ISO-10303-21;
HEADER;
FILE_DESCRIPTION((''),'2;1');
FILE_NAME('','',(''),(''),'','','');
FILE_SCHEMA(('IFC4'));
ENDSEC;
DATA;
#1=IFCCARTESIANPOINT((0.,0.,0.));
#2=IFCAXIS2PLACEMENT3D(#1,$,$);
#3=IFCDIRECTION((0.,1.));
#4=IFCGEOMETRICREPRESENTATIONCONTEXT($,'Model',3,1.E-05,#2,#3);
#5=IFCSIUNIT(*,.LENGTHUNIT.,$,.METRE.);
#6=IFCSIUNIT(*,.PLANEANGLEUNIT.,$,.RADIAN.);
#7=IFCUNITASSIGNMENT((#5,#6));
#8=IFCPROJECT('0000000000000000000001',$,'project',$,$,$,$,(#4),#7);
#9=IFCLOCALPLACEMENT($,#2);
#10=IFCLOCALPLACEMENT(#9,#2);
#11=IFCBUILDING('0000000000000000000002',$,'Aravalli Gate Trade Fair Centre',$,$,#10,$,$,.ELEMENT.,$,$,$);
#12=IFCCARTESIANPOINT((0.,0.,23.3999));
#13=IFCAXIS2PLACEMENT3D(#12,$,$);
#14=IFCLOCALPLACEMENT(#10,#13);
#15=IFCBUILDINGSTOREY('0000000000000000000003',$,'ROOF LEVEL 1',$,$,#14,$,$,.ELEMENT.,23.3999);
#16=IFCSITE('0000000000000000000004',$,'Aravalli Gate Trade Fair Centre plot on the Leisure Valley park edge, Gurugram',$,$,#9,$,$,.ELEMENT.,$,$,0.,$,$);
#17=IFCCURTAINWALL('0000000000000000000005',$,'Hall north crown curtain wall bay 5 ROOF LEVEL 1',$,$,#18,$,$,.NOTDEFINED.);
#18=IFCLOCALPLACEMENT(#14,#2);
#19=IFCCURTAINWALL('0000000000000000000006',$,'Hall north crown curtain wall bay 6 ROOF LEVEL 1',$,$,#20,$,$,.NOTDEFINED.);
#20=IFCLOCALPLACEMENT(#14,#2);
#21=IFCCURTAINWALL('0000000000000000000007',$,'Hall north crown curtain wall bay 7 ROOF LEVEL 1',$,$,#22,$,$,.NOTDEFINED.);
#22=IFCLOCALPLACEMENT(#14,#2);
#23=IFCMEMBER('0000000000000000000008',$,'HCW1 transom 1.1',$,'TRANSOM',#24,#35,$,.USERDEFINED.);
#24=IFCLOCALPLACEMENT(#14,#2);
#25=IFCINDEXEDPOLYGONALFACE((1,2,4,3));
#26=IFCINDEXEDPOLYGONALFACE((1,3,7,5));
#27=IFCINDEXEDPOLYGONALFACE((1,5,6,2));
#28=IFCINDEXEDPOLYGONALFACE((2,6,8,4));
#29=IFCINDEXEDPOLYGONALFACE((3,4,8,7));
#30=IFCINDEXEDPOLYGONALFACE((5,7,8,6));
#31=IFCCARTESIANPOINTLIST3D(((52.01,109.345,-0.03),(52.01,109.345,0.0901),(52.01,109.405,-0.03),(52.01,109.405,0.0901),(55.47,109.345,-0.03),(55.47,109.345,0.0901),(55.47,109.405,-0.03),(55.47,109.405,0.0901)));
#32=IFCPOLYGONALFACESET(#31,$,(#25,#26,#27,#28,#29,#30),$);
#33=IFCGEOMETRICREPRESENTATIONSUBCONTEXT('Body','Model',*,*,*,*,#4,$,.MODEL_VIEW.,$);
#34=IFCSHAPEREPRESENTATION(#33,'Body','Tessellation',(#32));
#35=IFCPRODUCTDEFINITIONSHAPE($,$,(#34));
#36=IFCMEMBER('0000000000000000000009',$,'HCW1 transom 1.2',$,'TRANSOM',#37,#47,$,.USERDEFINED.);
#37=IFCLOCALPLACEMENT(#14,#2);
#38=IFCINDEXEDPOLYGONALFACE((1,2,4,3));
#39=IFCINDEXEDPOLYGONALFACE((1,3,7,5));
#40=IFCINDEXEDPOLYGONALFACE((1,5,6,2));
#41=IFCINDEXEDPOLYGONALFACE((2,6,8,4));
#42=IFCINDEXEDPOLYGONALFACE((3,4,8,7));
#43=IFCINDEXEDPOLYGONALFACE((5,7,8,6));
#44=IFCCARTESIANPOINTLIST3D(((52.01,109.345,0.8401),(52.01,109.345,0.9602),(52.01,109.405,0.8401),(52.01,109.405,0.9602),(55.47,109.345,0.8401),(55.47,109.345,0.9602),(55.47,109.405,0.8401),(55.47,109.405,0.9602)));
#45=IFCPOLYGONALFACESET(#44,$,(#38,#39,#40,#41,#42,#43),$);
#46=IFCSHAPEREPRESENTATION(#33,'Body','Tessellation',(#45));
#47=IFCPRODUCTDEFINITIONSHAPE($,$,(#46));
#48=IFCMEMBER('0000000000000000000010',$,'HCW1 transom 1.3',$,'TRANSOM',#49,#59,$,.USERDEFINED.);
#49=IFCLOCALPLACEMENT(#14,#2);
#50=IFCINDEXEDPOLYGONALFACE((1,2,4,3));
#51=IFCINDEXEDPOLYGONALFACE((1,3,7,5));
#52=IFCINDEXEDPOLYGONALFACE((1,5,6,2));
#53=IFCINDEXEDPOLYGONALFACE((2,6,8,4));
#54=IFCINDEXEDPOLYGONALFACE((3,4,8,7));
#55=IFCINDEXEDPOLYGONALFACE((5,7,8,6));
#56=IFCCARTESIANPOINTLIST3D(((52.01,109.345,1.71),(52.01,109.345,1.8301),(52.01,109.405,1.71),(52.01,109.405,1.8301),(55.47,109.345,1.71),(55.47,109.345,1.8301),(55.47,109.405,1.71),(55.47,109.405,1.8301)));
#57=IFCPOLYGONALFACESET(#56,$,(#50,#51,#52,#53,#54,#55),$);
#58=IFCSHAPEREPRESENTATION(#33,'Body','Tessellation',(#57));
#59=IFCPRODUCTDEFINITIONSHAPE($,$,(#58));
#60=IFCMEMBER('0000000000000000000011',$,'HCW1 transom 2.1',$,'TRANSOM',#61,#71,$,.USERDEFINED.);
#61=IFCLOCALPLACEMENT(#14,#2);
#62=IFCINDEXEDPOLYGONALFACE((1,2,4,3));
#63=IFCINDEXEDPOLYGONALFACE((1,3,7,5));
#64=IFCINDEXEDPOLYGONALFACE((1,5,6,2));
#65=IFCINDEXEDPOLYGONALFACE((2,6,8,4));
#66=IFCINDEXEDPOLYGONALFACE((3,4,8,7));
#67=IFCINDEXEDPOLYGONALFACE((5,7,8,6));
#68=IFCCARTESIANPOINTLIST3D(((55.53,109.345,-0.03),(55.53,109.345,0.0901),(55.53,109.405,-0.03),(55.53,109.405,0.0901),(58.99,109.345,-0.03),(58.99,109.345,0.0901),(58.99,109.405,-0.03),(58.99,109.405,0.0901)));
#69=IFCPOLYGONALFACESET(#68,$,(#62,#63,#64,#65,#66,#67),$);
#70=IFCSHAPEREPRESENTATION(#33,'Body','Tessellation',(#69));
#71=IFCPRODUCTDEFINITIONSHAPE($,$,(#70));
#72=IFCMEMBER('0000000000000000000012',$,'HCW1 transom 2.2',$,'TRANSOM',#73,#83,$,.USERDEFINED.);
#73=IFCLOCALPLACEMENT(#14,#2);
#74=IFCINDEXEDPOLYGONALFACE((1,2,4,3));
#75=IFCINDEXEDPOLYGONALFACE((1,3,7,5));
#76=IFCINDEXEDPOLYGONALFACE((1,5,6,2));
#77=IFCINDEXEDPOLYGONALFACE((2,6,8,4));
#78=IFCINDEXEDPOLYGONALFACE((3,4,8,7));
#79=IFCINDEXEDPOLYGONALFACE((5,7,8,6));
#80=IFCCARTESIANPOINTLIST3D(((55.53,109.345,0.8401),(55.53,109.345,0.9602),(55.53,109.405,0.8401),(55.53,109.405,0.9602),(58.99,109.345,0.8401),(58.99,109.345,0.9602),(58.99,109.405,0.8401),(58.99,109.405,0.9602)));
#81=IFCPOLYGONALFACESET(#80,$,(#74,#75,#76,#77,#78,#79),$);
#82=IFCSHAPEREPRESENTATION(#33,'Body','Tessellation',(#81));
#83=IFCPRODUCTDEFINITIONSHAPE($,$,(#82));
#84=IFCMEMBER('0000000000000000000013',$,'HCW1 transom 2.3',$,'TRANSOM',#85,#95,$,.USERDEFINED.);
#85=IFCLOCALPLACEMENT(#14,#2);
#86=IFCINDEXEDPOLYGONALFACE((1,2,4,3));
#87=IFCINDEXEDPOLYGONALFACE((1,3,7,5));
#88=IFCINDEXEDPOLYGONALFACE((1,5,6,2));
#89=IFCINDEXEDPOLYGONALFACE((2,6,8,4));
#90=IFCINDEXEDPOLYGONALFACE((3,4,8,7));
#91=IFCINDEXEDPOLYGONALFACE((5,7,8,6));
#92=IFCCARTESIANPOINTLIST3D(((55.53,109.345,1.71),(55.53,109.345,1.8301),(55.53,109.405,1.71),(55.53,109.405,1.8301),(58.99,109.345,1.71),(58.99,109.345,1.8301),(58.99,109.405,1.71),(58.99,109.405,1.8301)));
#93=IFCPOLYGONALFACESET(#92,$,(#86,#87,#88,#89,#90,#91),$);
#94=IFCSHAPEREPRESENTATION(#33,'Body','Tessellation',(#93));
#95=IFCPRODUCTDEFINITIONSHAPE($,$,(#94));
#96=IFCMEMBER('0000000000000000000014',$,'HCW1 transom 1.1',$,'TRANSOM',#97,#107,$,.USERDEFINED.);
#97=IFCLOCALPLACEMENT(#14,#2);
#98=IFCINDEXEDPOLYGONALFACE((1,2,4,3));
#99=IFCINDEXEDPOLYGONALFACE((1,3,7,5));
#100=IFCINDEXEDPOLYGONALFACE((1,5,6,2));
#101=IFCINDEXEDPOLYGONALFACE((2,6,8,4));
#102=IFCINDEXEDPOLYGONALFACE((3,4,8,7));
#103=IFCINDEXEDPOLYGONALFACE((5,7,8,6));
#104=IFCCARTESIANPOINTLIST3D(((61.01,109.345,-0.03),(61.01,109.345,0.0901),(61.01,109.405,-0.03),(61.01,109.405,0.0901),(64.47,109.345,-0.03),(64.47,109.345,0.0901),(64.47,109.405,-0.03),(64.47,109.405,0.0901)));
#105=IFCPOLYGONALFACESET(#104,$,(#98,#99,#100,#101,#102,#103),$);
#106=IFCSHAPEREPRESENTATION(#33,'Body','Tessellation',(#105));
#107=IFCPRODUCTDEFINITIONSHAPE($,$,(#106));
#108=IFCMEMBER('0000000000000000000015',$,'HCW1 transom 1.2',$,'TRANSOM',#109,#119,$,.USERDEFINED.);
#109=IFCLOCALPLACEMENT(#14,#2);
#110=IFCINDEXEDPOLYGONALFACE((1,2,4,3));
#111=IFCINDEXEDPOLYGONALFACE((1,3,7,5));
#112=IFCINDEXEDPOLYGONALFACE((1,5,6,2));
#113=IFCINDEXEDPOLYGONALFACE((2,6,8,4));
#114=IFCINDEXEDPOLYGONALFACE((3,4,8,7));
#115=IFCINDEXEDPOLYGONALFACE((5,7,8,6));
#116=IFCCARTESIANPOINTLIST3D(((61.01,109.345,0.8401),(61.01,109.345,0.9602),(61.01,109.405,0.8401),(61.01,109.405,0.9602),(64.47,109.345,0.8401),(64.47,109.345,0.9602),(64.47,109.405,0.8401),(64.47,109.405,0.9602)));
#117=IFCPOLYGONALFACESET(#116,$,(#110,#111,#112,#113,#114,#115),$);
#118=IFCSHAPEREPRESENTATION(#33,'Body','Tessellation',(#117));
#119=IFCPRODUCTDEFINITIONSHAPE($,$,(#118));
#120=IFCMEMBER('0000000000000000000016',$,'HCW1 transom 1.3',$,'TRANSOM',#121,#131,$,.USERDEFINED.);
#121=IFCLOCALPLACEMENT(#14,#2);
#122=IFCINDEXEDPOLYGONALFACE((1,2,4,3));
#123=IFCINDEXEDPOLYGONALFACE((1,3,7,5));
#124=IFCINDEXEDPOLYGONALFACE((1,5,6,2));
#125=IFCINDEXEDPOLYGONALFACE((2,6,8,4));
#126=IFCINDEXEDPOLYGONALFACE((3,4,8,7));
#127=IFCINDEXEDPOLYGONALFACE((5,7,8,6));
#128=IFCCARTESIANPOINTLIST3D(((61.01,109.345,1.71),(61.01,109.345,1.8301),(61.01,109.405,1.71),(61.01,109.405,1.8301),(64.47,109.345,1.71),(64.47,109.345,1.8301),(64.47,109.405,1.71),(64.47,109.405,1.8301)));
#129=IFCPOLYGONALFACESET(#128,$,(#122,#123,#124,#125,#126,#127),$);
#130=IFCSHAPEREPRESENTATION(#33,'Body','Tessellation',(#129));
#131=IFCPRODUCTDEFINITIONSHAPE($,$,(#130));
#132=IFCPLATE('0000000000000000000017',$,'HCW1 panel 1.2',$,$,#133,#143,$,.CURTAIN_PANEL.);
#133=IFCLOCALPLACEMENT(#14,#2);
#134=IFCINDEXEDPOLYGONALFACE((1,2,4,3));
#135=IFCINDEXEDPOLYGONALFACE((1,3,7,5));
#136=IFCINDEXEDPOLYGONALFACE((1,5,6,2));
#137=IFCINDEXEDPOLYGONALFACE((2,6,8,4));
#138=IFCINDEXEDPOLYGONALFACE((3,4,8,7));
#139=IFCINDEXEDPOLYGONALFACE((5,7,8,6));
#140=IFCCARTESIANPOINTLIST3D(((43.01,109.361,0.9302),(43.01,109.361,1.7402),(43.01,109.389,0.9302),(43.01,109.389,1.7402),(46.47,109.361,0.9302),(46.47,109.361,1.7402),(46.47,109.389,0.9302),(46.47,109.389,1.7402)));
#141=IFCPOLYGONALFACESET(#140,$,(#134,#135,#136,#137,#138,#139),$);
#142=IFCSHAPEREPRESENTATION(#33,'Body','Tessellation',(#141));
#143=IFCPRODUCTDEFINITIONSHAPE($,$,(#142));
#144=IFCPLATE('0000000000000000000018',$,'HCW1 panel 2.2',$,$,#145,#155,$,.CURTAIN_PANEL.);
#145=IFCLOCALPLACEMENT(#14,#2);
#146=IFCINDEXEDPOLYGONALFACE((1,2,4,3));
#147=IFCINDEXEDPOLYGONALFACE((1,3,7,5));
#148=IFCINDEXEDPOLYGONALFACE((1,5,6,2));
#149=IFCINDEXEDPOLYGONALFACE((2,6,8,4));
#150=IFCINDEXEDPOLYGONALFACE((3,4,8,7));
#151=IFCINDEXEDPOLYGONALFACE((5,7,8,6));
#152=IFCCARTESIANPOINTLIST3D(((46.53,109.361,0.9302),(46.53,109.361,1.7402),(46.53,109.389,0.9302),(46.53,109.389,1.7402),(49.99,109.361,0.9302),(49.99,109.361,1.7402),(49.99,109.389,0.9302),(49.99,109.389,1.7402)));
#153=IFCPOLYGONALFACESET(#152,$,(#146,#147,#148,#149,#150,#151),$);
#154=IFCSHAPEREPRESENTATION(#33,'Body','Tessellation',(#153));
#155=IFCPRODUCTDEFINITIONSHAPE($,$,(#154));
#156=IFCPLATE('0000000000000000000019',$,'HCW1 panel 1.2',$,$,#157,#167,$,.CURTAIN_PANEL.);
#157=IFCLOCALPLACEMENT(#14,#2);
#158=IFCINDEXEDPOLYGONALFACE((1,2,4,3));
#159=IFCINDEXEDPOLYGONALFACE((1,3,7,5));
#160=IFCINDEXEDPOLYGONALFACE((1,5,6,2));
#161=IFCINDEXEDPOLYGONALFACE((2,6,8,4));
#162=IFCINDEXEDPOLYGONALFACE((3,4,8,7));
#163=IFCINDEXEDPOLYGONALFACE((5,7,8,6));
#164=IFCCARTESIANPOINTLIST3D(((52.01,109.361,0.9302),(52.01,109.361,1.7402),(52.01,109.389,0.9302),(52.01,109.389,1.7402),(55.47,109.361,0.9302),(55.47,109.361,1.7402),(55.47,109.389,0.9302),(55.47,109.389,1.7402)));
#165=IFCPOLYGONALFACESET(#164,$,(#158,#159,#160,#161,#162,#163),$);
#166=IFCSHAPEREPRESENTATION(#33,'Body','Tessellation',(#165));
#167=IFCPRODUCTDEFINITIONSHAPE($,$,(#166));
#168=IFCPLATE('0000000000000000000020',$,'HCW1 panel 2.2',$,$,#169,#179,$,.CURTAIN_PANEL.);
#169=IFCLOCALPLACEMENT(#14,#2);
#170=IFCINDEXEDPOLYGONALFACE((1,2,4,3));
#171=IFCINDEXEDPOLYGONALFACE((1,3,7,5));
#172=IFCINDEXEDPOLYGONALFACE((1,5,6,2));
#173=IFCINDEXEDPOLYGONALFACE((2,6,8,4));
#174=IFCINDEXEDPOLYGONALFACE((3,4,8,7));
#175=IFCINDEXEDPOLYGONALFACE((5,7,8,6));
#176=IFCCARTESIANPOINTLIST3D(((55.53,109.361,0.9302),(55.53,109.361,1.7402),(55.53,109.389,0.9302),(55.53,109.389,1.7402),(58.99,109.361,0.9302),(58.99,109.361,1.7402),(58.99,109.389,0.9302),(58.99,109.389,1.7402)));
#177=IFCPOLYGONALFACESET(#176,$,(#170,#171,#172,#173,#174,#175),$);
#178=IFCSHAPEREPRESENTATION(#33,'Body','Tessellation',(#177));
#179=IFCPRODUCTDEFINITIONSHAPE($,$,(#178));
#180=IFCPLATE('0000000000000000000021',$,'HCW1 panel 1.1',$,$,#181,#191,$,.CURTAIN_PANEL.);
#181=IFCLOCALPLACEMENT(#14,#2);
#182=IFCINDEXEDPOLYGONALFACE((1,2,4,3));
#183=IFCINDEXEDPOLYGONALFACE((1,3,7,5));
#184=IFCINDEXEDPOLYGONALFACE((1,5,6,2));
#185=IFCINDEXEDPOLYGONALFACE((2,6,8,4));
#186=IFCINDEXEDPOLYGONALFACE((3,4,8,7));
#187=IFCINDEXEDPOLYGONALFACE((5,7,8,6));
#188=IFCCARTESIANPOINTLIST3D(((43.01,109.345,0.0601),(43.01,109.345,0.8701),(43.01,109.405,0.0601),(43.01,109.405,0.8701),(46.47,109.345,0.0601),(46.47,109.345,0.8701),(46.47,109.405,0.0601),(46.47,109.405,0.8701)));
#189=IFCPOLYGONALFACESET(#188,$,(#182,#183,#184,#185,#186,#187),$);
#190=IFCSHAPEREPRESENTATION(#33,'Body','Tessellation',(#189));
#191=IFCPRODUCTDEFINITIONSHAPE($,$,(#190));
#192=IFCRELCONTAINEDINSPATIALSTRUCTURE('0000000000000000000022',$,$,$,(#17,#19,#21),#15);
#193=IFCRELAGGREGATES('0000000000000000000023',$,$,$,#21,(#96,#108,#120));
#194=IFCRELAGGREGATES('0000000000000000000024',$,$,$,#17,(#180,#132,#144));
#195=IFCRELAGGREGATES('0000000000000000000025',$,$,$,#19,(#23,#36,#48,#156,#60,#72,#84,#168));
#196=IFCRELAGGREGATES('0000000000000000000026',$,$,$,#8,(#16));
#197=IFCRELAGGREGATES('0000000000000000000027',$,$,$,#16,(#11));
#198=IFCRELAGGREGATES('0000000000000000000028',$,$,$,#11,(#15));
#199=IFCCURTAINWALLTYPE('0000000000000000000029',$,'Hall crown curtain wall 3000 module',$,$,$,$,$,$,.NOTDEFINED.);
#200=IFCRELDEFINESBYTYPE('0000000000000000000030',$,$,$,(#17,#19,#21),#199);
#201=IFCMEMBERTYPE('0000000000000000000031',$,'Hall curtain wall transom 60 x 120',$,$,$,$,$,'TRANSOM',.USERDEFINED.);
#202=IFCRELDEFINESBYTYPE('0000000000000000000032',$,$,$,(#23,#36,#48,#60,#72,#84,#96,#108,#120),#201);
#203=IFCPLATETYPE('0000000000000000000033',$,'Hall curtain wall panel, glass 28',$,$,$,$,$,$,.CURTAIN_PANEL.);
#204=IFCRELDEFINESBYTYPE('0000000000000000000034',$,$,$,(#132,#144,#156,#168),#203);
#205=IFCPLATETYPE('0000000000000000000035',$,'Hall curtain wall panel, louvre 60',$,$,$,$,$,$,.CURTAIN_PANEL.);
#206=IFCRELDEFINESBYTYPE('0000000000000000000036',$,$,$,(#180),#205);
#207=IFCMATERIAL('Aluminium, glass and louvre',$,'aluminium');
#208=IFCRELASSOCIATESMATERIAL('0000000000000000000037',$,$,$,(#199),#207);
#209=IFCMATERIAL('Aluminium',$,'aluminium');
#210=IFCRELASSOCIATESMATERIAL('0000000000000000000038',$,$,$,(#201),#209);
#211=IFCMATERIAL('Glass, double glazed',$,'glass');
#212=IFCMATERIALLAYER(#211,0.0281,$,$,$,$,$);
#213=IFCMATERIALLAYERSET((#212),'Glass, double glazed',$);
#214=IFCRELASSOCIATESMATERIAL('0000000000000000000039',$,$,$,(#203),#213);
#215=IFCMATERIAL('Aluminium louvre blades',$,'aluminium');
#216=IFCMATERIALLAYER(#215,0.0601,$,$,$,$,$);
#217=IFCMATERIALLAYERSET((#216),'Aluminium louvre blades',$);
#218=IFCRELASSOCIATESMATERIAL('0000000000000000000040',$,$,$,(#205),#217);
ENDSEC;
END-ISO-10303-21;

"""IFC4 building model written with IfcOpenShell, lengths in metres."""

from ifc_helpers import new_model, si_unit, direction, frame, origin, origin_2d, place, context, subcontext, project, spatial, rectangle, extrude, material, layer, layer_set, material_profile, profile_set, type_object, element, aggregate, save


model = new_model("IFC4")

# Units and contexts
model_context = context("Model", 3, precision=1e-05, world=origin(), true_north=direction((0.0, 1.0)))
body_context = subcontext(model_context, "Body", "Model", "MODEL_VIEW")
ifc_project = project(units=[si_unit("LENGTHUNIT", "METRE"), si_unit("PLANEANGLEUNIT", "RADIAN")], contexts=[model_context])

# Site, building, storey
site_placement = place(None, origin())
site = spatial("IfcSite", under=ifc_project, at=site_placement, Name="Aravalli Gate Trade Fair Centre plot on the Leisure Valley park edge, Gurugram", CompositionType="ELEMENT", RefElevation=0.0)
building_placement = place(site_placement, origin())
building = spatial("IfcBuilding", under=site, at=building_placement, Name="Aravalli Gate Trade Fair Centre", CompositionType="ELEMENT")
storey_placement = place(building_placement, frame((0.0, 0.0, 23.3999)))
storey = spatial("IfcBuildingStorey", under=building, at=storey_placement, Name="ROOF LEVEL 1", CompositionType="ELEMENT", Elevation=23.3999)

# Curtain walls
ifc_material_1 = material(Name="Aluminium, glass and louvre", Category="aluminium")
curtain_wall_type = type_object("IfcCurtainWallType", Name="Hall crown curtain wall 3000 module", PredefinedType="NOTDEFINED", material=ifc_material_1)
curtain_wall_1_placement = place(storey_placement, origin())
curtain_wall_1 = element("IfcCurtainWall", 1, at=curtain_wall_1_placement, inside=storey, type_object=curtain_wall_type, Name="Hall north crown curtain wall bay 5 ROOF LEVEL 1", PredefinedType="NOTDEFINED")
ifc_material_2 = material(Name="Aluminium", Category="aluminium")
curtain_wall_2_placement = place(storey_placement, origin())
curtain_wall_2 = element("IfcCurtainWall", 2, at=curtain_wall_2_placement, inside=storey, type_object=curtain_wall_type, Name="Hall north crown curtain wall bay 6 ROOF LEVEL 1", PredefinedType="NOTDEFINED")

# Curtain wall
curtain_wall_3_placement = place(storey_placement, origin())
curtain_wall_3 = element("IfcCurtainWall", 3, at=curtain_wall_3_placement, inside=storey, type_object=curtain_wall_type, Name="Hall north crown curtain wall bay 7 ROOF LEVEL 1", PredefinedType="NOTDEFINED")

# Members
ifc_material_profile_1 = material_profile(ifc_material_2, rectangle(XDim=0.0601, YDim=0.1201, at=origin_2d()), Name="Hall curtain wall transom 60 x 120")
ifc_profile_set_1 = profile_set([ifc_material_profile_1], Name="Aluminium")
member_type_1 = type_object("IfcMemberType", Name="Hall curtain wall transom 60 x 120", ElementType="TRANSOM", PredefinedType="USERDEFINED", material=ifc_profile_set_1)
member_1_placement = place(storey_placement, frame((52.01, 109.375, 0.03), z_axis=(1.0, 0.0, 0.0), x_axis=(0.0, 1.0, 0.0)))
member_1 = element("IfcMember", 4, at=member_1_placement, type_object=member_type_1, Name="HCW1 transom 1.1", ObjectType="TRANSOM", PredefinedType="USERDEFINED", context=body_context, shape_type="SweptSolid", body=[
    extrude(rectangle(XDim=0.0601, YDim=0.1201, at=origin_2d()), origin(), (0.0, 0.0, 1.0), 3.46),
])
member_2_placement = place(storey_placement, frame((52.01, 109.375, 0.9001), z_axis=(1.0, 0.0, 0.0), x_axis=(0.0, 1.0, 0.0)))
member_2 = element("IfcMember", 5, at=member_2_placement, type_object=member_type_1, Name="HCW1 transom 1.2", ObjectType="TRANSOM", PredefinedType="USERDEFINED", context=body_context, shape_type="SweptSolid", body=[
    extrude(rectangle(XDim=0.0601, YDim=0.1201, at=origin_2d()), origin(), (0.0, 0.0, 1.0), 3.46),
])
member_3_placement = place(storey_placement, frame((52.01, 109.375, 1.77), z_axis=(1.0, 0.0, 0.0), x_axis=(0.0, 1.0, 0.0)))
member_3 = element("IfcMember", 6, at=member_3_placement, type_object=member_type_1, Name="HCW1 transom 1.3", ObjectType="TRANSOM", PredefinedType="USERDEFINED", context=body_context, shape_type="SweptSolid", body=[
    extrude(rectangle(XDim=0.0601, YDim=0.1201, at=origin_2d()), origin(), (0.0, 0.0, 1.0), 3.46),
])
member_4_placement = place(storey_placement, frame((55.53, 109.375, 0.03), z_axis=(1.0, 0.0, 0.0), x_axis=(0.0, 1.0, 0.0)))
member_4 = element("IfcMember", 7, at=member_4_placement, type_object=member_type_1, Name="HCW1 transom 2.1", ObjectType="TRANSOM", PredefinedType="USERDEFINED", context=body_context, shape_type="SweptSolid", body=[
    extrude(rectangle(XDim=0.0601, YDim=0.1201, at=origin_2d()), origin(), (0.0, 0.0, 1.0), 3.46),
])
member_5_placement = place(storey_placement, frame((55.53, 109.375, 0.9001), z_axis=(1.0, 0.0, 0.0), x_axis=(0.0, 1.0, 0.0)))
member_5 = element("IfcMember", 8, at=member_5_placement, type_object=member_type_1, Name="HCW1 transom 2.2", ObjectType="TRANSOM", PredefinedType="USERDEFINED", context=body_context, shape_type="SweptSolid", body=[
    extrude(rectangle(XDim=0.0601, YDim=0.1201, at=origin_2d()), origin(), (0.0, 0.0, 1.0), 3.46),
])
member_6_placement = place(storey_placement, frame((55.53, 109.375, 1.77), z_axis=(1.0, 0.0, 0.0), x_axis=(0.0, 1.0, 0.0)))
member_6 = element("IfcMember", 9, at=member_6_placement, type_object=member_type_1, Name="HCW1 transom 2.3", ObjectType="TRANSOM", PredefinedType="USERDEFINED", context=body_context, shape_type="SweptSolid", body=[
    extrude(rectangle(XDim=0.0601, YDim=0.1201, at=origin_2d()), origin(), (0.0, 0.0, 1.0), 3.46),
])
member_7_placement = place(storey_placement, frame((61.01, 109.375, 0.03), z_axis=(1.0, 0.0, 0.0), x_axis=(0.0, 1.0, 0.0)))
member_7 = element("IfcMember", 10, at=member_7_placement, type_object=member_type_1, Name="HCW1 transom 1.1", ObjectType="TRANSOM", PredefinedType="USERDEFINED", context=body_context, shape_type="SweptSolid", body=[
    extrude(rectangle(XDim=0.0601, YDim=0.1201, at=origin_2d()), origin(), (0.0, 0.0, 1.0), 3.46),
])
member_8_placement = place(storey_placement, frame((61.01, 109.375, 0.9001), z_axis=(1.0, 0.0, 0.0), x_axis=(0.0, 1.0, 0.0)))
member_8 = element("IfcMember", 11, at=member_8_placement, type_object=member_type_1, Name="HCW1 transom 1.2", ObjectType="TRANSOM", PredefinedType="USERDEFINED", context=body_context, shape_type="SweptSolid", body=[
    extrude(rectangle(XDim=0.0601, YDim=0.1201, at=origin_2d()), origin(), (0.0, 0.0, 1.0), 3.46),
])
member_9_placement = place(storey_placement, frame((61.01, 109.375, 1.77), z_axis=(1.0, 0.0, 0.0), x_axis=(0.0, 1.0, 0.0)))
member_9 = element("IfcMember", 12, at=member_9_placement, type_object=member_type_1, Name="HCW1 transom 1.3", ObjectType="TRANSOM", PredefinedType="USERDEFINED", context=body_context, shape_type="SweptSolid", body=[
    extrude(rectangle(XDim=0.0601, YDim=0.1201, at=origin_2d()), origin(), (0.0, 0.0, 1.0), 3.46),
])
aggregate(curtain_wall_3, [member_7, member_8, member_9])

# Plates
ifc_material_3 = material(Name="Glass, double glazed", Category="glass")
ifc_layer_1 = layer(ifc_material_3, 0.0281)
ifc_layer_set_1 = layer_set([ifc_layer_1], Name="Glass, double glazed")
plate_type_1 = type_object("IfcPlateType", Name="Hall curtain wall panel, glass 28", PredefinedType="CURTAIN_PANEL", material=ifc_layer_set_1)
plate_1_placement = place(storey_placement, frame((44.74, 109.375, 0.9302), z_axis=(0.0, 0.0, 1.0), x_axis=(1.0, 0.0, 0.0)))
plate_1 = element("IfcPlate", 13, at=plate_1_placement, type_object=plate_type_1, Name="HCW1 panel 1.2", PredefinedType="CURTAIN_PANEL", context=body_context, shape_type="SweptSolid", body=[
    extrude(rectangle(XDim=3.46, YDim=0.0281, at=origin_2d()), origin(), (0.0, 0.0, 1.0), 0.8101),
])
plate_2_placement = place(storey_placement, frame((48.26, 109.375, 0.9302), z_axis=(0.0, 0.0, 1.0), x_axis=(1.0, 0.0, 0.0)))
plate_2 = element("IfcPlate", 14, at=plate_2_placement, type_object=plate_type_1, Name="HCW1 panel 2.2", PredefinedType="CURTAIN_PANEL", context=body_context, shape_type="SweptSolid", body=[
    extrude(rectangle(XDim=3.46, YDim=0.0281, at=origin_2d()), origin(), (0.0, 0.0, 1.0), 0.8101),
])
plate_3_placement = place(storey_placement, frame((53.74, 109.375, 0.9302), z_axis=(0.0, 0.0, 1.0), x_axis=(1.0, 0.0, 0.0)))
plate_3 = element("IfcPlate", 15, at=plate_3_placement, type_object=plate_type_1, Name="HCW1 panel 1.2", PredefinedType="CURTAIN_PANEL", context=body_context, shape_type="SweptSolid", body=[
    extrude(rectangle(XDim=3.46, YDim=0.0281, at=origin_2d()), origin(), (0.0, 0.0, 1.0), 0.8101),
])
plate_4_placement = place(storey_placement, frame((57.26, 109.375, 0.9302), z_axis=(0.0, 0.0, 1.0), x_axis=(1.0, 0.0, 0.0)))
plate_4 = element("IfcPlate", 16, at=plate_4_placement, type_object=plate_type_1, Name="HCW1 panel 2.2", PredefinedType="CURTAIN_PANEL", context=body_context, shape_type="SweptSolid", body=[
    extrude(rectangle(XDim=3.46, YDim=0.0281, at=origin_2d()), origin(), (0.0, 0.0, 1.0), 0.8101),
])
ifc_material_4 = material(Name="Aluminium louvre blades", Category="aluminium")
ifc_layer_2 = layer(ifc_material_4, 0.0601)
ifc_layer_set_2 = layer_set([ifc_layer_2], Name="Aluminium louvre blades")
plate_type_2 = type_object("IfcPlateType", Name="Hall curtain wall panel, louvre 60", PredefinedType="CURTAIN_PANEL", material=ifc_layer_set_2)
plate_5_placement = place(storey_placement, frame((44.74, 109.375, 0.0601), z_axis=(0.0, 0.0, 1.0), x_axis=(1.0, 0.0, 0.0)))
plate_5 = element("IfcPlate", 17, at=plate_5_placement, type_object=plate_type_2, Name="HCW1 panel 1.1", PredefinedType="CURTAIN_PANEL", context=body_context, shape_type="SweptSolid", body=[
    extrude(rectangle(XDim=3.46, YDim=0.0601, at=origin_2d()), origin(), (0.0, 0.0, 1.0), 0.8101),
])
aggregate(curtain_wall_1, [plate_5, plate_1, plate_2])
aggregate(curtain_wall_2, [member_1, member_2, member_3, plate_3, member_4, member_5, member_6, plate_4])

save(model, "model.ifc")
